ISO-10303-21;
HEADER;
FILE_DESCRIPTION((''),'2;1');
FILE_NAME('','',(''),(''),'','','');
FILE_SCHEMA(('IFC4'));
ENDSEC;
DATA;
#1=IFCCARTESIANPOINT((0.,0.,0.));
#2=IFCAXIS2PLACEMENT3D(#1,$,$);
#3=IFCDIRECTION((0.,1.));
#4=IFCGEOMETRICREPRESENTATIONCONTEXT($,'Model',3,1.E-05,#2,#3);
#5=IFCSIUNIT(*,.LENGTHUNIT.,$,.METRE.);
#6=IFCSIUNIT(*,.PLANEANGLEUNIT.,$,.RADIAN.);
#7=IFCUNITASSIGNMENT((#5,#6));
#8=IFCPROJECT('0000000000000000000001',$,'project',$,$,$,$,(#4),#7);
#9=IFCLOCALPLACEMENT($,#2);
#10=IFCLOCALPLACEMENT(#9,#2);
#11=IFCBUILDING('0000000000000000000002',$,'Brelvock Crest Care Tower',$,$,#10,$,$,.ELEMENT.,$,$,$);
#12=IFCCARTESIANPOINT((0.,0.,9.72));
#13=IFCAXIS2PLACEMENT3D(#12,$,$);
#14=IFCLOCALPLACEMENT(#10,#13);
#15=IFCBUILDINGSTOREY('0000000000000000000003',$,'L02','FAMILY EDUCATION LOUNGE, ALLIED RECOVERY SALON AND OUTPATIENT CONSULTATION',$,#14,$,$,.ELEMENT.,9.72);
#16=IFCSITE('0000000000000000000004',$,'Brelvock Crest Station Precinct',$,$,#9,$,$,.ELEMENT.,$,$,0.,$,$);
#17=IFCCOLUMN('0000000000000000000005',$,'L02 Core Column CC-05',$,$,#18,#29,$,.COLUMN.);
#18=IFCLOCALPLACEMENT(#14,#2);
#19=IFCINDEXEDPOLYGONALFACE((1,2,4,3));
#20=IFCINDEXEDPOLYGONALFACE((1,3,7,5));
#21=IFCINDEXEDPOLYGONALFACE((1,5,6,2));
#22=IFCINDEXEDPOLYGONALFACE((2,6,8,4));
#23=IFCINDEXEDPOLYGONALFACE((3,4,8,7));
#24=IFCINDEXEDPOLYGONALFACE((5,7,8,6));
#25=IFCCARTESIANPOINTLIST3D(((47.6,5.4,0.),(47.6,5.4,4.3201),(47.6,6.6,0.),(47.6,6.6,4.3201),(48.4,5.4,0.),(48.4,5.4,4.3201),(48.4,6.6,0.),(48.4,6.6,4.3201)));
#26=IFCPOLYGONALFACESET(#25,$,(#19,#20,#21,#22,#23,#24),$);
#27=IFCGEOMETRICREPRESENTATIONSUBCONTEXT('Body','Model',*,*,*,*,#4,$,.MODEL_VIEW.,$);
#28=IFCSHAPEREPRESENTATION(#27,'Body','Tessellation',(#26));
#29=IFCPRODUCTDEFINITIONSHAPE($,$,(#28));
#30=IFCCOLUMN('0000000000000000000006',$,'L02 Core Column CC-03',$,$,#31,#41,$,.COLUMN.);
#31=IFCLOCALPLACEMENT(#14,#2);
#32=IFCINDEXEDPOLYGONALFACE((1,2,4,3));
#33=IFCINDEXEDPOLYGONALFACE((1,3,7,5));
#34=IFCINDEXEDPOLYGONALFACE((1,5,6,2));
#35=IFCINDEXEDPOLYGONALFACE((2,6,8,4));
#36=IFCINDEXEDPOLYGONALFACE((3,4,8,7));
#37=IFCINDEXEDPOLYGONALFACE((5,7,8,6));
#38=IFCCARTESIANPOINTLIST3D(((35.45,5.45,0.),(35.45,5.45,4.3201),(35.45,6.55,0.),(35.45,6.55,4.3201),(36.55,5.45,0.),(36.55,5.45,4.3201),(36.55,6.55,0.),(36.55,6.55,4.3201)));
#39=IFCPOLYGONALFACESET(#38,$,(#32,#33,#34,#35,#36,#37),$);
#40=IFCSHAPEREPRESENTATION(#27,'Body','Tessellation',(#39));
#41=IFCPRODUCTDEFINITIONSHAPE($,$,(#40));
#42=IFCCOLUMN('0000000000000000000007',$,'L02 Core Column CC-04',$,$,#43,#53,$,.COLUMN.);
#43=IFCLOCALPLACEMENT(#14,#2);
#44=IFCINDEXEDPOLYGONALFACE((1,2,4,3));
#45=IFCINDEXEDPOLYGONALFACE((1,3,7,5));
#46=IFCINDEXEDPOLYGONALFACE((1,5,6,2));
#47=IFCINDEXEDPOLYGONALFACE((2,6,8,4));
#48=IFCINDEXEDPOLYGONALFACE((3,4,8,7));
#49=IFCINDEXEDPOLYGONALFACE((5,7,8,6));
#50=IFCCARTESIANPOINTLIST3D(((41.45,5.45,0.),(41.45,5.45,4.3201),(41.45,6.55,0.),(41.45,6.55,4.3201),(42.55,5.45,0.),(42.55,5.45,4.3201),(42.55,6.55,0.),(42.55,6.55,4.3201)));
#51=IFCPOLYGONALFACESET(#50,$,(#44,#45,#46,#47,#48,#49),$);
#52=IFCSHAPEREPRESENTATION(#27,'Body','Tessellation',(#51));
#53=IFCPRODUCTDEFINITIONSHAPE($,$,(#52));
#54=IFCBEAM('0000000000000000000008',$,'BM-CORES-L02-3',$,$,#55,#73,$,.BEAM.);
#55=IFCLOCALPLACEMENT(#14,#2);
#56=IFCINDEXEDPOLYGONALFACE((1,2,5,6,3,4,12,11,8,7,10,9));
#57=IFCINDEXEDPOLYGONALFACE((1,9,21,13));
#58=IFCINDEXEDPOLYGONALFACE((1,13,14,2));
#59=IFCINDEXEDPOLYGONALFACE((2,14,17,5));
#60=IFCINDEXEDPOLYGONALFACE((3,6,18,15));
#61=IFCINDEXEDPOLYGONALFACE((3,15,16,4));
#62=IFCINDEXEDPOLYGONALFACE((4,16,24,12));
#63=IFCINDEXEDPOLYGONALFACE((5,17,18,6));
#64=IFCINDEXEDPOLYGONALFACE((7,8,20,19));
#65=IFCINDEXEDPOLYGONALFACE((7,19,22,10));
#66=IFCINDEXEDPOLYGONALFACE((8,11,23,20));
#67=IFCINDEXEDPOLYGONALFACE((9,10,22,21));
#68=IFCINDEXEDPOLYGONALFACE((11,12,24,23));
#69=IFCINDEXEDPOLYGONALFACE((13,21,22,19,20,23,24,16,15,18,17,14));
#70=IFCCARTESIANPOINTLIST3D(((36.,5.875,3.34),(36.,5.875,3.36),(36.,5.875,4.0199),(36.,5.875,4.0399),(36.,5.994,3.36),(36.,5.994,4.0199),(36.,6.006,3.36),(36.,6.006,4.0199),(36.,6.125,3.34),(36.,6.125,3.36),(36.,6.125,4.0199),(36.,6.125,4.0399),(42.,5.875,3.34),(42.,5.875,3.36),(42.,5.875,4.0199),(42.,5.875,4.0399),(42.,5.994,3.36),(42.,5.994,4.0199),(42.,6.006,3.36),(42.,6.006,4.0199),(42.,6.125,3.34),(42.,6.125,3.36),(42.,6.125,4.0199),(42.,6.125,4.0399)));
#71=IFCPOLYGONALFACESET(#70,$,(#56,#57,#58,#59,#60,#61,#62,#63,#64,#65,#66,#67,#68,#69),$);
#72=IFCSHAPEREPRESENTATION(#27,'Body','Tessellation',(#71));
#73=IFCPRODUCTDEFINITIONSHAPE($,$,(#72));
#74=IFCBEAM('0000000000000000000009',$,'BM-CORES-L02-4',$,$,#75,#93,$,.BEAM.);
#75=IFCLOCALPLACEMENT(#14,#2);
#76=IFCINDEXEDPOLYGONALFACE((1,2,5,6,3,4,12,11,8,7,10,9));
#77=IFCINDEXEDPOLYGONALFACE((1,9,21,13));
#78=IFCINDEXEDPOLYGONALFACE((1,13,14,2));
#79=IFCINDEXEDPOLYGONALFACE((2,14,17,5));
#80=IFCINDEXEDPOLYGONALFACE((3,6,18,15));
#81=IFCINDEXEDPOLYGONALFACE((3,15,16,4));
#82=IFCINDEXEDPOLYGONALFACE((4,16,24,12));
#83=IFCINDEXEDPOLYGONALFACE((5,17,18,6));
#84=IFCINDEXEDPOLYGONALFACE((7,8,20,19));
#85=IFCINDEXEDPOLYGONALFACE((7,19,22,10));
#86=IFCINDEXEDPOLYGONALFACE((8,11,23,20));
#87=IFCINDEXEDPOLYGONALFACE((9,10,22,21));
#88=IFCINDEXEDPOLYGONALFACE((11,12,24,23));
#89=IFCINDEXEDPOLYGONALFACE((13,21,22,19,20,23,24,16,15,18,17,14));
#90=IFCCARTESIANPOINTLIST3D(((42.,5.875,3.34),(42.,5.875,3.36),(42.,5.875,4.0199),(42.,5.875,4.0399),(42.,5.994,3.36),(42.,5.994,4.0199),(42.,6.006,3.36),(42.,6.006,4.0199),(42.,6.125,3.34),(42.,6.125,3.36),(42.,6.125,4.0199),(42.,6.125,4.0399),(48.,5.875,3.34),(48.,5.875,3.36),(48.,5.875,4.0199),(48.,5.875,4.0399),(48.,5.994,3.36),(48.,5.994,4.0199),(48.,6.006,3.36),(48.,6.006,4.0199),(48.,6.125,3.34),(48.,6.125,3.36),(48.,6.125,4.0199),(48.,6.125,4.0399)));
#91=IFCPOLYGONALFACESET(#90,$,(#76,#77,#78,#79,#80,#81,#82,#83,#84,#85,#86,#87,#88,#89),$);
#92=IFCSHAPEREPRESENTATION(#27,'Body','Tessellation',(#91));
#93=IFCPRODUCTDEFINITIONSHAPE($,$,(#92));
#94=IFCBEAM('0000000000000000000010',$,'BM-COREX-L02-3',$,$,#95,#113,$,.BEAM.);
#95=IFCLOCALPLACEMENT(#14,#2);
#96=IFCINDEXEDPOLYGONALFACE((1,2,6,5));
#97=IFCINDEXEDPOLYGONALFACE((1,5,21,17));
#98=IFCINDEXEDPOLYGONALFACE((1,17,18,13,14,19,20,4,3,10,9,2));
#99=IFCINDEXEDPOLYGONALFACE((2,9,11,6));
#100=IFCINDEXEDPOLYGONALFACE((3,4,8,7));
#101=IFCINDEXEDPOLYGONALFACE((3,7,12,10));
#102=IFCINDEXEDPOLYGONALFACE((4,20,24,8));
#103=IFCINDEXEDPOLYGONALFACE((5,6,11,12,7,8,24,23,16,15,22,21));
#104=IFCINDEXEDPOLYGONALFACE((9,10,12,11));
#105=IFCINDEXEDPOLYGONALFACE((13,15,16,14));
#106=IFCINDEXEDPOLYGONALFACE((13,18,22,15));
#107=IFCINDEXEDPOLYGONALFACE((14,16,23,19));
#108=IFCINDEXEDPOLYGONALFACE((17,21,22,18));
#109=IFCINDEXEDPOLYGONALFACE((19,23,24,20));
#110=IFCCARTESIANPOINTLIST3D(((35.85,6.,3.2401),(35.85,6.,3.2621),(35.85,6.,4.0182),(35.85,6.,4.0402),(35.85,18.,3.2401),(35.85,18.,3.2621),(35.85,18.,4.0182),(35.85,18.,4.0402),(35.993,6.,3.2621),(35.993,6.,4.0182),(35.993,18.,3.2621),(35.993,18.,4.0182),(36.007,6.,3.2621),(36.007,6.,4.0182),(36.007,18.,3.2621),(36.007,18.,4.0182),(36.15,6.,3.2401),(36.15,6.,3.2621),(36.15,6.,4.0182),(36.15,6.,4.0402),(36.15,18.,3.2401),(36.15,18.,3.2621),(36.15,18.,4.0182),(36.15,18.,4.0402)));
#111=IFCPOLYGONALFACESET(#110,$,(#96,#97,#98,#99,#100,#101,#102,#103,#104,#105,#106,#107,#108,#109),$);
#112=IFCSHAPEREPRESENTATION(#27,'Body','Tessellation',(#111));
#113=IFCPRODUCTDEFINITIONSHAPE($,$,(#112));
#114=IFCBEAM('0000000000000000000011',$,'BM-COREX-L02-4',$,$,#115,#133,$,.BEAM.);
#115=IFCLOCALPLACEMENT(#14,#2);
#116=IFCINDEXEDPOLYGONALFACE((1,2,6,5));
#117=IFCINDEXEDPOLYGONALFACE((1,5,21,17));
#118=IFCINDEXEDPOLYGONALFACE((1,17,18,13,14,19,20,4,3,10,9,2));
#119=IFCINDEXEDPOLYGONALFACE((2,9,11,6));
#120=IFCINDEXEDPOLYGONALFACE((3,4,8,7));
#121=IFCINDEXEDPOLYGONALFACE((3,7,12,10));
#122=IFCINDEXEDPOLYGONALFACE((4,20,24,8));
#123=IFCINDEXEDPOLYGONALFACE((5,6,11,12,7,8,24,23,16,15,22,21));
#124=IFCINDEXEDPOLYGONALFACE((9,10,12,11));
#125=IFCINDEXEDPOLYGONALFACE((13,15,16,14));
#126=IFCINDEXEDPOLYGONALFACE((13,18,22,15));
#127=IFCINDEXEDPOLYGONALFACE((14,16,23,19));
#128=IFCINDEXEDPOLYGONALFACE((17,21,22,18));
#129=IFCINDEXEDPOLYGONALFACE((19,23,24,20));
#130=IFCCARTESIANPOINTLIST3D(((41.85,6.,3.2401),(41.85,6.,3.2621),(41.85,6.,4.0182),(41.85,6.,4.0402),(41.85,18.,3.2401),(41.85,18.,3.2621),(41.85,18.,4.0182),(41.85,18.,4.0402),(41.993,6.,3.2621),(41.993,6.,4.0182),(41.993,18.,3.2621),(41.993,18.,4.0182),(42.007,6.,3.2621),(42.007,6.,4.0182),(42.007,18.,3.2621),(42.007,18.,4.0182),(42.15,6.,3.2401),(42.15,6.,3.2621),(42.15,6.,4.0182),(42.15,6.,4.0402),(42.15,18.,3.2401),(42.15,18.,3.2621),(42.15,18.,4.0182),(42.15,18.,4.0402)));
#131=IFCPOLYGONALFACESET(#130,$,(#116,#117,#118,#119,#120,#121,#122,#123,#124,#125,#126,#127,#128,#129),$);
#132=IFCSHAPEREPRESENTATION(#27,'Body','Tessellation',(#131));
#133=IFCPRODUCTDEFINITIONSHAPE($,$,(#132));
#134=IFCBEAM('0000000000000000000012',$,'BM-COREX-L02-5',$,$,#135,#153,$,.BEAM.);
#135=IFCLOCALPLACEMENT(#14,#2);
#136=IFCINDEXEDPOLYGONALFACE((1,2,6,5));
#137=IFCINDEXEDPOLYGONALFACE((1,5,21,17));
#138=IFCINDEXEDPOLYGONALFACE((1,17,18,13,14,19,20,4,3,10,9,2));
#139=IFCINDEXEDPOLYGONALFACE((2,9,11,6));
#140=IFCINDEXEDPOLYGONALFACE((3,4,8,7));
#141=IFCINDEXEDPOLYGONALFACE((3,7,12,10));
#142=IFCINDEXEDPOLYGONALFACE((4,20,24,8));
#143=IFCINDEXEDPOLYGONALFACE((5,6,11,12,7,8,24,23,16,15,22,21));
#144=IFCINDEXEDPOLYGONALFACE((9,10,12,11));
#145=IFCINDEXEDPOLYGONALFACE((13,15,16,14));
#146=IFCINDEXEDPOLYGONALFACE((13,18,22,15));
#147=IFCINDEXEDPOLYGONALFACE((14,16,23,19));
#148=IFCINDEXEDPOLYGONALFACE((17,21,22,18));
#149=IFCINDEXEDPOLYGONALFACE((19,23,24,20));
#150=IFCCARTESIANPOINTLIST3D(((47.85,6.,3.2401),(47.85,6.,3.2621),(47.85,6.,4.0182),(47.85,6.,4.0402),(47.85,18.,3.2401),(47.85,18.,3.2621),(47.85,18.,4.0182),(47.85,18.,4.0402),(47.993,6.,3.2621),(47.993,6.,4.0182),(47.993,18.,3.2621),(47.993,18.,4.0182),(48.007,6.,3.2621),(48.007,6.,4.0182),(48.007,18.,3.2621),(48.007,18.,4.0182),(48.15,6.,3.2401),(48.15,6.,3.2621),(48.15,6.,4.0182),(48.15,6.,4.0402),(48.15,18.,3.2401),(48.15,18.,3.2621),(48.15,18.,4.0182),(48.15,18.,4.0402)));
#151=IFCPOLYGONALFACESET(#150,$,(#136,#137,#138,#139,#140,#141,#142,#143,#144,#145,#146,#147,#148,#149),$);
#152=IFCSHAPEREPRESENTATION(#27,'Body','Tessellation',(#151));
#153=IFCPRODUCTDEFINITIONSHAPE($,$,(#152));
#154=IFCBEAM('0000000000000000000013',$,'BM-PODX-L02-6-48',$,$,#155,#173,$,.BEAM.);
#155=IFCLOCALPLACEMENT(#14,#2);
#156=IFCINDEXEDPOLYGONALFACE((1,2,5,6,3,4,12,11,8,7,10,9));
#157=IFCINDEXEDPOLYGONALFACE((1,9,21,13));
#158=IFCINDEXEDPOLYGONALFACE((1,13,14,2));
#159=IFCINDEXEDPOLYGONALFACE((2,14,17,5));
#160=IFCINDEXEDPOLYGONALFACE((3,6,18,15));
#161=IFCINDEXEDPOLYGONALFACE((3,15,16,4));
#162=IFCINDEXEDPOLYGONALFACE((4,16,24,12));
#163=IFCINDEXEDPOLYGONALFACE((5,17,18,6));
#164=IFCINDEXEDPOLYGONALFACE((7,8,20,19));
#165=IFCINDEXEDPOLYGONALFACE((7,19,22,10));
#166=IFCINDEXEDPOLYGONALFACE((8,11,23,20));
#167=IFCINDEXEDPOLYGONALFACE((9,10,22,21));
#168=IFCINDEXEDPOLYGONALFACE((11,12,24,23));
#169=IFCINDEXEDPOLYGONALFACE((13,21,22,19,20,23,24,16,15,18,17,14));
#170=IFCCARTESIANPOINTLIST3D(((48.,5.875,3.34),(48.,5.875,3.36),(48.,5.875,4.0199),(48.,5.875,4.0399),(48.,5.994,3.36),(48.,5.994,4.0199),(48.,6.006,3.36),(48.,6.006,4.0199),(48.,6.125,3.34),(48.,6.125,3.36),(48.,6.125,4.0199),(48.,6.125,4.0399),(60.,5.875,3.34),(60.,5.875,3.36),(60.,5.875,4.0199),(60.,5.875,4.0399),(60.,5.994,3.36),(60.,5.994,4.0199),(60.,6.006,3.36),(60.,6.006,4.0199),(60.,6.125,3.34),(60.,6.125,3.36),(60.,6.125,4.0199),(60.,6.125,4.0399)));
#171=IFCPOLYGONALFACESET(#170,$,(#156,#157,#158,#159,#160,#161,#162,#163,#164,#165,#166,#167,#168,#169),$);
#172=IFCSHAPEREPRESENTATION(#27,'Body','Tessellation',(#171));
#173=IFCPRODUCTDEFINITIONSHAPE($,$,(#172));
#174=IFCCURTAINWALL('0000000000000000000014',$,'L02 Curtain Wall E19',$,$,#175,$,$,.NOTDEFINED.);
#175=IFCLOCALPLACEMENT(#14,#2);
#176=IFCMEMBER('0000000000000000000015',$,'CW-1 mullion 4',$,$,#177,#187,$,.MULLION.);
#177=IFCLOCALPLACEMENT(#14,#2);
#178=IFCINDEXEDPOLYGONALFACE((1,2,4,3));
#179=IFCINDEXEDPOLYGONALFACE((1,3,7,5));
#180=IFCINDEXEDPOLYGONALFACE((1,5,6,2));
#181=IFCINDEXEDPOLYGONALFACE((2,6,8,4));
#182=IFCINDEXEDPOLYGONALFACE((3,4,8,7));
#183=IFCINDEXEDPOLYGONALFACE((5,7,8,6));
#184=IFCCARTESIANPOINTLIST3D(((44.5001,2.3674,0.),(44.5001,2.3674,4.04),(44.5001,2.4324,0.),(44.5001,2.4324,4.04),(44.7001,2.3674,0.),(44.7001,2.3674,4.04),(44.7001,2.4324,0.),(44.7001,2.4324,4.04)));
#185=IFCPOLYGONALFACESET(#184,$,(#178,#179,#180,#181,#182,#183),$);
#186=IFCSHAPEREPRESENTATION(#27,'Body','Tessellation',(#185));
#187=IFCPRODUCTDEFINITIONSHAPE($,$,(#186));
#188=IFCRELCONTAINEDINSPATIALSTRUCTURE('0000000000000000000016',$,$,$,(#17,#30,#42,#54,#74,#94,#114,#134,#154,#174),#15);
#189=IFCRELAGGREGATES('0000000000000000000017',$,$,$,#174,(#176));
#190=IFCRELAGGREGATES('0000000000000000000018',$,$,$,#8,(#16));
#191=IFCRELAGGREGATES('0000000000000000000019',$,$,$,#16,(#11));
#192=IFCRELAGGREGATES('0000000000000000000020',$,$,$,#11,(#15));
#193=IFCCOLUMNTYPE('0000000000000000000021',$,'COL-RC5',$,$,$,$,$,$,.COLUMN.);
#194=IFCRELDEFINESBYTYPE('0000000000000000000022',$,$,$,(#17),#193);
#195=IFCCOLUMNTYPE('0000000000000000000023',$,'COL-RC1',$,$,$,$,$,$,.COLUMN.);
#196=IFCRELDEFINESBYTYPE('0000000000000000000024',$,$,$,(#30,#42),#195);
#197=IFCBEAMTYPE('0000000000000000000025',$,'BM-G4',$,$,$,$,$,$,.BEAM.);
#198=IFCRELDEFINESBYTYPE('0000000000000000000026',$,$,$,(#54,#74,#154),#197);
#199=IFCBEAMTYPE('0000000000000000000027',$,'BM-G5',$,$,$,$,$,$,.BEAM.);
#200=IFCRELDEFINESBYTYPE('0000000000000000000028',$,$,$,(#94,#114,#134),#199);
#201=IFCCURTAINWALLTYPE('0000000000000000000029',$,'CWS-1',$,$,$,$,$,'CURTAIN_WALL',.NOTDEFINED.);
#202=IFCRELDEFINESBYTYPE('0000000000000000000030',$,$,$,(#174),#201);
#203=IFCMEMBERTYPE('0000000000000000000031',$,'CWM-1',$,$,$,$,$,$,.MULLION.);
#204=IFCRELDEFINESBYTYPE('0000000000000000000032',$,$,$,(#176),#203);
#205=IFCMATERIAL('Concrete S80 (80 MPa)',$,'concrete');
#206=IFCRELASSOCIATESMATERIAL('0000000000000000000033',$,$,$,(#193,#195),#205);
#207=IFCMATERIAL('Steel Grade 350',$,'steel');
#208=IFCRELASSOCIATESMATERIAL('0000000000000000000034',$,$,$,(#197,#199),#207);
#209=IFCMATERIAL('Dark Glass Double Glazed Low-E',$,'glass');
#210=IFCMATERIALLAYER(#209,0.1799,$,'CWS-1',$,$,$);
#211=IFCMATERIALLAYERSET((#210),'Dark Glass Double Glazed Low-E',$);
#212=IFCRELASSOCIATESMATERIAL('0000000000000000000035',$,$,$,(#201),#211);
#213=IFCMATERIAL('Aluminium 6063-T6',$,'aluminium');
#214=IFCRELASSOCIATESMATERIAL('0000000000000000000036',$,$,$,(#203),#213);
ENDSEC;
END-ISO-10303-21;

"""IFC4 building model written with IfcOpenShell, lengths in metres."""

from ifc_helpers import new_model, si_unit, direction, frame, origin, origin_2d, place, context, subcontext, project, spatial, rectangle, i_section, extrude, source, transform, mapped, material, layer, layer_set, material_profile, profile_set, type_object, element, aggregate, save


model = new_model("IFC4")

# Units and contexts
model_context = context("Model", 3, precision=1e-05, world=origin(), true_north=direction((0.0, 1.0)))
body_context = subcontext(model_context, "Body", "Model", "MODEL_VIEW")
ifc_project = project(units=[si_unit("LENGTHUNIT", "METRE"), si_unit("PLANEANGLEUNIT", "RADIAN")], contexts=[model_context])

# Site, building, storey
site_placement = place(None, origin())
site = spatial("IfcSite", under=ifc_project, at=site_placement, Name="Brelvock Crest Station Precinct", CompositionType="ELEMENT", RefElevation=0.0)
building_placement = place(site_placement, origin())
building = spatial("IfcBuilding", under=site, at=building_placement, Name="Brelvock Crest Care Tower", CompositionType="ELEMENT")
storey_placement = place(building_placement, frame((0.0, 0.0, 9.72)))
storey = spatial("IfcBuildingStorey", under=building, at=storey_placement, Name="L02", Description="FAMILY EDUCATION LOUNGE, ALLIED RECOVERY SALON AND OUTPATIENT CONSULTATION", CompositionType="ELEMENT", Elevation=9.72)

# Columns
ifc_material_1 = material(Name="Concrete S80 (80 MPa)", Category="concrete")
ifc_material_profile_1 = material_profile(ifc_material_1, rectangle(XDim=0.8, YDim=1.2, at=origin_2d()), Name="RC800x1200")
ifc_profile_set_1 = profile_set([ifc_material_profile_1], Name="Concrete S80 (80 MPa)")
column_type_1 = type_object("IfcColumnType", Name="COL-RC5", PredefinedType="COLUMN", material=ifc_profile_set_1)
shared_shape_1 = source(origin(), body_context, "Body", "SweptSolid", [
    extrude(rectangle(XDim=0.8, YDim=1.2, at=origin_2d()), origin(), (0.0, 0.0, 1.0), 4.3201),
])
column_placement = place(storey_placement, frame((48.0, 6.0, 0.0), z_axis=(0.0, 0.0, 1.0), x_axis=(1.0, 0.0, 0.0)))
element("IfcColumn", 1, at=column_placement, inside=storey, type_object=column_type_1, Name="L02 Core Column CC-05", PredefinedType="COLUMN", context=body_context, shape_type="MappedRepresentation", body=[
    mapped(shared_shape_1, transform((0.0, 0.0, 0.0), x_axis=(1.0, 0.0, 0.0), y_axis=(0.0, 1.0, 0.0), z_axis=(0.0, 0.0, 1.0), scale=1.0)),
])
ifc_material_profile_2 = material_profile(ifc_material_1, rectangle(XDim=1.1001, YDim=1.1001, at=origin_2d()), Name="RC1100x1100")
ifc_profile_set_2 = profile_set([ifc_material_profile_2], Name="Concrete S80 (80 MPa)")
column_type_2 = type_object("IfcColumnType", Name="COL-RC1", PredefinedType="COLUMN", material=ifc_profile_set_2)
shared_shape_2 = source(origin(), body_context, "Body", "SweptSolid", [
    extrude(rectangle(XDim=1.1001, YDim=1.1001, at=origin_2d()), origin(), (0.0, 0.0, 1.0), 4.3201),
])
for number, where, z_axis, x_axis, name in (
    (2, (36.0, 6.0, 0.0), (0.0, 0.0, 1.0), (1.0, 0.0, 0.0), "L02 Core Column CC-03"),
    (3, (42.0, 6.0, 0.0), (0.0, 0.0, 1.0), (1.0, 0.0, 0.0), "L02 Core Column CC-04"),
):
    element("IfcColumn", number, at=place(storey_placement, frame(where, z_axis=z_axis, x_axis=x_axis)), inside=storey, type_object=column_type_2, Name=name, PredefinedType="COLUMN", context=body_context, shape_type="MappedRepresentation", body=[
        mapped(shared_shape_2, transform((0.0, 0.0, 0.0), x_axis=(1.0, 0.0, 0.0), y_axis=(0.0, 1.0, 0.0), z_axis=(0.0, 0.0, 1.0), scale=1.0)),
    ])

# Beams
ifc_material_2 = material(Name="Steel Grade 350", Category="steel")
ifc_material_profile_3 = material_profile(ifc_material_2, i_section(OverallWidth=0.25, OverallDepth=0.7, WebThickness=0.012, FlangeThickness=0.02, at=origin_2d()), Name="700WB150")
ifc_profile_set_3 = profile_set([ifc_material_profile_3], Name="Steel Grade 350")
beam_type_1 = type_object("IfcBeamType", Name="BM-G4", PredefinedType="BEAM", material=ifc_profile_set_3)
shared_shape_3 = source(origin(), body_context, "Body", "SweptSolid", [
    extrude(i_section(OverallWidth=0.25, OverallDepth=0.7, WebThickness=0.012, FlangeThickness=0.02, at=origin_2d()), origin(), (0.0, 0.0, 1.0), 6.0),
])
for number, where, z_axis, x_axis, name in (
    (4, (36.0, 6.0, 3.6899), (1.0, 0.0, 0.0), (0.0, 1.0, 0.0), "BM-CORES-L02-3"),
    (5, (42.0, 6.0, 3.6899), (1.0, 0.0, 0.0), (0.0, 1.0, 0.0), "BM-CORES-L02-4"),
):
    element("IfcBeam", number, at=place(storey_placement, frame(where, z_axis=z_axis, x_axis=x_axis)), inside=storey, type_object=beam_type_1, Name=name, PredefinedType="BEAM", context=body_context, shape_type="MappedRepresentation", body=[
        mapped(shared_shape_3, transform((0.0, 0.0, 0.0), x_axis=(1.0, 0.0, 0.0), y_axis=(0.0, 1.0, 0.0), z_axis=(0.0, 0.0, 1.0), scale=1.0)),
    ])
ifc_material_profile_4 = material_profile(ifc_material_2, i_section(OverallWidth=0.3, OverallDepth=0.8, WebThickness=0.0139, FlangeThickness=0.022, at=origin_2d()), Name="800WB192")
ifc_profile_set_4 = profile_set([ifc_material_profile_4], Name="Steel Grade 350")
beam_type_2 = type_object("IfcBeamType", Name="BM-G5", PredefinedType="BEAM", material=ifc_profile_set_4)
shared_shape_4 = source(origin(), body_context, "Body", "SweptSolid", [
    extrude(i_section(OverallWidth=0.3, OverallDepth=0.8, WebThickness=0.0139, FlangeThickness=0.022, at=origin_2d()), origin(), (0.0, 0.0, 1.0), 12.0),
])
for number, where, z_axis, x_axis, name in (
    (6, (36.0, 6.0, 3.6401), (0.0, 1.0, 0.0), (-1.0, 0.0, 0.0), "BM-COREX-L02-3"),
    (7, (42.0, 6.0, 3.6401), (0.0, 1.0, 0.0), (-1.0, 0.0, 0.0), "BM-COREX-L02-4"),
    (8, (48.0, 6.0, 3.6401), (0.0, 1.0, 0.0), (-1.0, 0.0, 0.0), "BM-COREX-L02-5"),
):
    element("IfcBeam", number, at=place(storey_placement, frame(where, z_axis=z_axis, x_axis=x_axis)), inside=storey, type_object=beam_type_2, Name=name, PredefinedType="BEAM", context=body_context, shape_type="MappedRepresentation", body=[
        mapped(shared_shape_4, transform((0.0, 0.0, 0.0), x_axis=(1.0, 0.0, 0.0), y_axis=(0.0, 1.0, 0.0), z_axis=(0.0, 0.0, 1.0), scale=1.0)),
    ])
shared_shape_5 = source(origin(), body_context, "Body", "SweptSolid", [
    extrude(i_section(OverallWidth=0.25, OverallDepth=0.7, WebThickness=0.012, FlangeThickness=0.02, at=origin_2d()), origin(), (0.0, 0.0, 1.0), 12.0),
])
beam_placement = place(storey_placement, frame((48.0, 6.0, 3.6899), z_axis=(1.0, 0.0, 0.0), x_axis=(0.0, 1.0, 0.0)))
element("IfcBeam", 9, at=beam_placement, inside=storey, type_object=beam_type_1, Name="BM-PODX-L02-6-48", PredefinedType="BEAM", context=body_context, shape_type="MappedRepresentation", body=[
    mapped(shared_shape_5, transform((0.0, 0.0, 0.0), x_axis=(1.0, 0.0, 0.0), y_axis=(0.0, 1.0, 0.0), z_axis=(0.0, 0.0, 1.0), scale=1.0)),
])

# Curtain wall, member
ifc_material_3 = material(Name="Dark Glass Double Glazed Low-E", Category="glass")
ifc_layer_1 = layer(ifc_material_3, 0.1799, Name="CWS-1")
ifc_layer_set_1 = layer_set([ifc_layer_1], Name="Dark Glass Double Glazed Low-E")
curtain_wall_type = type_object("IfcCurtainWallType", Name="CWS-1", ElementType="CURTAIN_WALL", PredefinedType="NOTDEFINED", material=ifc_layer_set_1)
curtain_wall_placement = place(storey_placement, origin())
curtain_wall = element("IfcCurtainWall", 10, at=curtain_wall_placement, inside=storey, type_object=curtain_wall_type, Name="L02 Curtain Wall E19", PredefinedType="NOTDEFINED")
ifc_material_4 = material(Name="Aluminium 6063-T6", Category="aluminium")
ifc_material_profile_5 = material_profile(ifc_material_4, rectangle(XDim=0.0649, YDim=0.2, at=origin_2d()), Name="ALU65x200")
ifc_profile_set_5 = profile_set([ifc_material_profile_5], Name="Aluminium 6063-T6")
member_type_1 = type_object("IfcMemberType", Name="CWM-1", PredefinedType="MULLION", material=ifc_profile_set_5)
shared_shape_6 = source(origin(), body_context, "Body", "SweptSolid", [
    extrude(rectangle(XDim=0.0649, YDim=0.2, at=origin_2d()), origin(), (0.0, 0.0, 1.0), 4.04),
])
member_1_placement = place(storey_placement, frame((44.6001, 2.3999, 0.0), z_axis=(0.0, 0.0, 1.0), x_axis=(0.0, -1.0, 0.0)))
member_1 = element("IfcMember", 11, at=member_1_placement, type_object=member_type_1, Name="CW-1 mullion 4", PredefinedType="MULLION", context=body_context, shape_type="MappedRepresentation", body=[
    mapped(shared_shape_6, transform((0.0, 0.0, 0.0), x_axis=(1.0, 0.0, 0.0), y_axis=(0.0, 1.0, 0.0), z_axis=(0.0, 0.0, 1.0), scale=1.0)),
])
aggregate(curtain_wall, [member_1])

save(model, "model.ifc")
